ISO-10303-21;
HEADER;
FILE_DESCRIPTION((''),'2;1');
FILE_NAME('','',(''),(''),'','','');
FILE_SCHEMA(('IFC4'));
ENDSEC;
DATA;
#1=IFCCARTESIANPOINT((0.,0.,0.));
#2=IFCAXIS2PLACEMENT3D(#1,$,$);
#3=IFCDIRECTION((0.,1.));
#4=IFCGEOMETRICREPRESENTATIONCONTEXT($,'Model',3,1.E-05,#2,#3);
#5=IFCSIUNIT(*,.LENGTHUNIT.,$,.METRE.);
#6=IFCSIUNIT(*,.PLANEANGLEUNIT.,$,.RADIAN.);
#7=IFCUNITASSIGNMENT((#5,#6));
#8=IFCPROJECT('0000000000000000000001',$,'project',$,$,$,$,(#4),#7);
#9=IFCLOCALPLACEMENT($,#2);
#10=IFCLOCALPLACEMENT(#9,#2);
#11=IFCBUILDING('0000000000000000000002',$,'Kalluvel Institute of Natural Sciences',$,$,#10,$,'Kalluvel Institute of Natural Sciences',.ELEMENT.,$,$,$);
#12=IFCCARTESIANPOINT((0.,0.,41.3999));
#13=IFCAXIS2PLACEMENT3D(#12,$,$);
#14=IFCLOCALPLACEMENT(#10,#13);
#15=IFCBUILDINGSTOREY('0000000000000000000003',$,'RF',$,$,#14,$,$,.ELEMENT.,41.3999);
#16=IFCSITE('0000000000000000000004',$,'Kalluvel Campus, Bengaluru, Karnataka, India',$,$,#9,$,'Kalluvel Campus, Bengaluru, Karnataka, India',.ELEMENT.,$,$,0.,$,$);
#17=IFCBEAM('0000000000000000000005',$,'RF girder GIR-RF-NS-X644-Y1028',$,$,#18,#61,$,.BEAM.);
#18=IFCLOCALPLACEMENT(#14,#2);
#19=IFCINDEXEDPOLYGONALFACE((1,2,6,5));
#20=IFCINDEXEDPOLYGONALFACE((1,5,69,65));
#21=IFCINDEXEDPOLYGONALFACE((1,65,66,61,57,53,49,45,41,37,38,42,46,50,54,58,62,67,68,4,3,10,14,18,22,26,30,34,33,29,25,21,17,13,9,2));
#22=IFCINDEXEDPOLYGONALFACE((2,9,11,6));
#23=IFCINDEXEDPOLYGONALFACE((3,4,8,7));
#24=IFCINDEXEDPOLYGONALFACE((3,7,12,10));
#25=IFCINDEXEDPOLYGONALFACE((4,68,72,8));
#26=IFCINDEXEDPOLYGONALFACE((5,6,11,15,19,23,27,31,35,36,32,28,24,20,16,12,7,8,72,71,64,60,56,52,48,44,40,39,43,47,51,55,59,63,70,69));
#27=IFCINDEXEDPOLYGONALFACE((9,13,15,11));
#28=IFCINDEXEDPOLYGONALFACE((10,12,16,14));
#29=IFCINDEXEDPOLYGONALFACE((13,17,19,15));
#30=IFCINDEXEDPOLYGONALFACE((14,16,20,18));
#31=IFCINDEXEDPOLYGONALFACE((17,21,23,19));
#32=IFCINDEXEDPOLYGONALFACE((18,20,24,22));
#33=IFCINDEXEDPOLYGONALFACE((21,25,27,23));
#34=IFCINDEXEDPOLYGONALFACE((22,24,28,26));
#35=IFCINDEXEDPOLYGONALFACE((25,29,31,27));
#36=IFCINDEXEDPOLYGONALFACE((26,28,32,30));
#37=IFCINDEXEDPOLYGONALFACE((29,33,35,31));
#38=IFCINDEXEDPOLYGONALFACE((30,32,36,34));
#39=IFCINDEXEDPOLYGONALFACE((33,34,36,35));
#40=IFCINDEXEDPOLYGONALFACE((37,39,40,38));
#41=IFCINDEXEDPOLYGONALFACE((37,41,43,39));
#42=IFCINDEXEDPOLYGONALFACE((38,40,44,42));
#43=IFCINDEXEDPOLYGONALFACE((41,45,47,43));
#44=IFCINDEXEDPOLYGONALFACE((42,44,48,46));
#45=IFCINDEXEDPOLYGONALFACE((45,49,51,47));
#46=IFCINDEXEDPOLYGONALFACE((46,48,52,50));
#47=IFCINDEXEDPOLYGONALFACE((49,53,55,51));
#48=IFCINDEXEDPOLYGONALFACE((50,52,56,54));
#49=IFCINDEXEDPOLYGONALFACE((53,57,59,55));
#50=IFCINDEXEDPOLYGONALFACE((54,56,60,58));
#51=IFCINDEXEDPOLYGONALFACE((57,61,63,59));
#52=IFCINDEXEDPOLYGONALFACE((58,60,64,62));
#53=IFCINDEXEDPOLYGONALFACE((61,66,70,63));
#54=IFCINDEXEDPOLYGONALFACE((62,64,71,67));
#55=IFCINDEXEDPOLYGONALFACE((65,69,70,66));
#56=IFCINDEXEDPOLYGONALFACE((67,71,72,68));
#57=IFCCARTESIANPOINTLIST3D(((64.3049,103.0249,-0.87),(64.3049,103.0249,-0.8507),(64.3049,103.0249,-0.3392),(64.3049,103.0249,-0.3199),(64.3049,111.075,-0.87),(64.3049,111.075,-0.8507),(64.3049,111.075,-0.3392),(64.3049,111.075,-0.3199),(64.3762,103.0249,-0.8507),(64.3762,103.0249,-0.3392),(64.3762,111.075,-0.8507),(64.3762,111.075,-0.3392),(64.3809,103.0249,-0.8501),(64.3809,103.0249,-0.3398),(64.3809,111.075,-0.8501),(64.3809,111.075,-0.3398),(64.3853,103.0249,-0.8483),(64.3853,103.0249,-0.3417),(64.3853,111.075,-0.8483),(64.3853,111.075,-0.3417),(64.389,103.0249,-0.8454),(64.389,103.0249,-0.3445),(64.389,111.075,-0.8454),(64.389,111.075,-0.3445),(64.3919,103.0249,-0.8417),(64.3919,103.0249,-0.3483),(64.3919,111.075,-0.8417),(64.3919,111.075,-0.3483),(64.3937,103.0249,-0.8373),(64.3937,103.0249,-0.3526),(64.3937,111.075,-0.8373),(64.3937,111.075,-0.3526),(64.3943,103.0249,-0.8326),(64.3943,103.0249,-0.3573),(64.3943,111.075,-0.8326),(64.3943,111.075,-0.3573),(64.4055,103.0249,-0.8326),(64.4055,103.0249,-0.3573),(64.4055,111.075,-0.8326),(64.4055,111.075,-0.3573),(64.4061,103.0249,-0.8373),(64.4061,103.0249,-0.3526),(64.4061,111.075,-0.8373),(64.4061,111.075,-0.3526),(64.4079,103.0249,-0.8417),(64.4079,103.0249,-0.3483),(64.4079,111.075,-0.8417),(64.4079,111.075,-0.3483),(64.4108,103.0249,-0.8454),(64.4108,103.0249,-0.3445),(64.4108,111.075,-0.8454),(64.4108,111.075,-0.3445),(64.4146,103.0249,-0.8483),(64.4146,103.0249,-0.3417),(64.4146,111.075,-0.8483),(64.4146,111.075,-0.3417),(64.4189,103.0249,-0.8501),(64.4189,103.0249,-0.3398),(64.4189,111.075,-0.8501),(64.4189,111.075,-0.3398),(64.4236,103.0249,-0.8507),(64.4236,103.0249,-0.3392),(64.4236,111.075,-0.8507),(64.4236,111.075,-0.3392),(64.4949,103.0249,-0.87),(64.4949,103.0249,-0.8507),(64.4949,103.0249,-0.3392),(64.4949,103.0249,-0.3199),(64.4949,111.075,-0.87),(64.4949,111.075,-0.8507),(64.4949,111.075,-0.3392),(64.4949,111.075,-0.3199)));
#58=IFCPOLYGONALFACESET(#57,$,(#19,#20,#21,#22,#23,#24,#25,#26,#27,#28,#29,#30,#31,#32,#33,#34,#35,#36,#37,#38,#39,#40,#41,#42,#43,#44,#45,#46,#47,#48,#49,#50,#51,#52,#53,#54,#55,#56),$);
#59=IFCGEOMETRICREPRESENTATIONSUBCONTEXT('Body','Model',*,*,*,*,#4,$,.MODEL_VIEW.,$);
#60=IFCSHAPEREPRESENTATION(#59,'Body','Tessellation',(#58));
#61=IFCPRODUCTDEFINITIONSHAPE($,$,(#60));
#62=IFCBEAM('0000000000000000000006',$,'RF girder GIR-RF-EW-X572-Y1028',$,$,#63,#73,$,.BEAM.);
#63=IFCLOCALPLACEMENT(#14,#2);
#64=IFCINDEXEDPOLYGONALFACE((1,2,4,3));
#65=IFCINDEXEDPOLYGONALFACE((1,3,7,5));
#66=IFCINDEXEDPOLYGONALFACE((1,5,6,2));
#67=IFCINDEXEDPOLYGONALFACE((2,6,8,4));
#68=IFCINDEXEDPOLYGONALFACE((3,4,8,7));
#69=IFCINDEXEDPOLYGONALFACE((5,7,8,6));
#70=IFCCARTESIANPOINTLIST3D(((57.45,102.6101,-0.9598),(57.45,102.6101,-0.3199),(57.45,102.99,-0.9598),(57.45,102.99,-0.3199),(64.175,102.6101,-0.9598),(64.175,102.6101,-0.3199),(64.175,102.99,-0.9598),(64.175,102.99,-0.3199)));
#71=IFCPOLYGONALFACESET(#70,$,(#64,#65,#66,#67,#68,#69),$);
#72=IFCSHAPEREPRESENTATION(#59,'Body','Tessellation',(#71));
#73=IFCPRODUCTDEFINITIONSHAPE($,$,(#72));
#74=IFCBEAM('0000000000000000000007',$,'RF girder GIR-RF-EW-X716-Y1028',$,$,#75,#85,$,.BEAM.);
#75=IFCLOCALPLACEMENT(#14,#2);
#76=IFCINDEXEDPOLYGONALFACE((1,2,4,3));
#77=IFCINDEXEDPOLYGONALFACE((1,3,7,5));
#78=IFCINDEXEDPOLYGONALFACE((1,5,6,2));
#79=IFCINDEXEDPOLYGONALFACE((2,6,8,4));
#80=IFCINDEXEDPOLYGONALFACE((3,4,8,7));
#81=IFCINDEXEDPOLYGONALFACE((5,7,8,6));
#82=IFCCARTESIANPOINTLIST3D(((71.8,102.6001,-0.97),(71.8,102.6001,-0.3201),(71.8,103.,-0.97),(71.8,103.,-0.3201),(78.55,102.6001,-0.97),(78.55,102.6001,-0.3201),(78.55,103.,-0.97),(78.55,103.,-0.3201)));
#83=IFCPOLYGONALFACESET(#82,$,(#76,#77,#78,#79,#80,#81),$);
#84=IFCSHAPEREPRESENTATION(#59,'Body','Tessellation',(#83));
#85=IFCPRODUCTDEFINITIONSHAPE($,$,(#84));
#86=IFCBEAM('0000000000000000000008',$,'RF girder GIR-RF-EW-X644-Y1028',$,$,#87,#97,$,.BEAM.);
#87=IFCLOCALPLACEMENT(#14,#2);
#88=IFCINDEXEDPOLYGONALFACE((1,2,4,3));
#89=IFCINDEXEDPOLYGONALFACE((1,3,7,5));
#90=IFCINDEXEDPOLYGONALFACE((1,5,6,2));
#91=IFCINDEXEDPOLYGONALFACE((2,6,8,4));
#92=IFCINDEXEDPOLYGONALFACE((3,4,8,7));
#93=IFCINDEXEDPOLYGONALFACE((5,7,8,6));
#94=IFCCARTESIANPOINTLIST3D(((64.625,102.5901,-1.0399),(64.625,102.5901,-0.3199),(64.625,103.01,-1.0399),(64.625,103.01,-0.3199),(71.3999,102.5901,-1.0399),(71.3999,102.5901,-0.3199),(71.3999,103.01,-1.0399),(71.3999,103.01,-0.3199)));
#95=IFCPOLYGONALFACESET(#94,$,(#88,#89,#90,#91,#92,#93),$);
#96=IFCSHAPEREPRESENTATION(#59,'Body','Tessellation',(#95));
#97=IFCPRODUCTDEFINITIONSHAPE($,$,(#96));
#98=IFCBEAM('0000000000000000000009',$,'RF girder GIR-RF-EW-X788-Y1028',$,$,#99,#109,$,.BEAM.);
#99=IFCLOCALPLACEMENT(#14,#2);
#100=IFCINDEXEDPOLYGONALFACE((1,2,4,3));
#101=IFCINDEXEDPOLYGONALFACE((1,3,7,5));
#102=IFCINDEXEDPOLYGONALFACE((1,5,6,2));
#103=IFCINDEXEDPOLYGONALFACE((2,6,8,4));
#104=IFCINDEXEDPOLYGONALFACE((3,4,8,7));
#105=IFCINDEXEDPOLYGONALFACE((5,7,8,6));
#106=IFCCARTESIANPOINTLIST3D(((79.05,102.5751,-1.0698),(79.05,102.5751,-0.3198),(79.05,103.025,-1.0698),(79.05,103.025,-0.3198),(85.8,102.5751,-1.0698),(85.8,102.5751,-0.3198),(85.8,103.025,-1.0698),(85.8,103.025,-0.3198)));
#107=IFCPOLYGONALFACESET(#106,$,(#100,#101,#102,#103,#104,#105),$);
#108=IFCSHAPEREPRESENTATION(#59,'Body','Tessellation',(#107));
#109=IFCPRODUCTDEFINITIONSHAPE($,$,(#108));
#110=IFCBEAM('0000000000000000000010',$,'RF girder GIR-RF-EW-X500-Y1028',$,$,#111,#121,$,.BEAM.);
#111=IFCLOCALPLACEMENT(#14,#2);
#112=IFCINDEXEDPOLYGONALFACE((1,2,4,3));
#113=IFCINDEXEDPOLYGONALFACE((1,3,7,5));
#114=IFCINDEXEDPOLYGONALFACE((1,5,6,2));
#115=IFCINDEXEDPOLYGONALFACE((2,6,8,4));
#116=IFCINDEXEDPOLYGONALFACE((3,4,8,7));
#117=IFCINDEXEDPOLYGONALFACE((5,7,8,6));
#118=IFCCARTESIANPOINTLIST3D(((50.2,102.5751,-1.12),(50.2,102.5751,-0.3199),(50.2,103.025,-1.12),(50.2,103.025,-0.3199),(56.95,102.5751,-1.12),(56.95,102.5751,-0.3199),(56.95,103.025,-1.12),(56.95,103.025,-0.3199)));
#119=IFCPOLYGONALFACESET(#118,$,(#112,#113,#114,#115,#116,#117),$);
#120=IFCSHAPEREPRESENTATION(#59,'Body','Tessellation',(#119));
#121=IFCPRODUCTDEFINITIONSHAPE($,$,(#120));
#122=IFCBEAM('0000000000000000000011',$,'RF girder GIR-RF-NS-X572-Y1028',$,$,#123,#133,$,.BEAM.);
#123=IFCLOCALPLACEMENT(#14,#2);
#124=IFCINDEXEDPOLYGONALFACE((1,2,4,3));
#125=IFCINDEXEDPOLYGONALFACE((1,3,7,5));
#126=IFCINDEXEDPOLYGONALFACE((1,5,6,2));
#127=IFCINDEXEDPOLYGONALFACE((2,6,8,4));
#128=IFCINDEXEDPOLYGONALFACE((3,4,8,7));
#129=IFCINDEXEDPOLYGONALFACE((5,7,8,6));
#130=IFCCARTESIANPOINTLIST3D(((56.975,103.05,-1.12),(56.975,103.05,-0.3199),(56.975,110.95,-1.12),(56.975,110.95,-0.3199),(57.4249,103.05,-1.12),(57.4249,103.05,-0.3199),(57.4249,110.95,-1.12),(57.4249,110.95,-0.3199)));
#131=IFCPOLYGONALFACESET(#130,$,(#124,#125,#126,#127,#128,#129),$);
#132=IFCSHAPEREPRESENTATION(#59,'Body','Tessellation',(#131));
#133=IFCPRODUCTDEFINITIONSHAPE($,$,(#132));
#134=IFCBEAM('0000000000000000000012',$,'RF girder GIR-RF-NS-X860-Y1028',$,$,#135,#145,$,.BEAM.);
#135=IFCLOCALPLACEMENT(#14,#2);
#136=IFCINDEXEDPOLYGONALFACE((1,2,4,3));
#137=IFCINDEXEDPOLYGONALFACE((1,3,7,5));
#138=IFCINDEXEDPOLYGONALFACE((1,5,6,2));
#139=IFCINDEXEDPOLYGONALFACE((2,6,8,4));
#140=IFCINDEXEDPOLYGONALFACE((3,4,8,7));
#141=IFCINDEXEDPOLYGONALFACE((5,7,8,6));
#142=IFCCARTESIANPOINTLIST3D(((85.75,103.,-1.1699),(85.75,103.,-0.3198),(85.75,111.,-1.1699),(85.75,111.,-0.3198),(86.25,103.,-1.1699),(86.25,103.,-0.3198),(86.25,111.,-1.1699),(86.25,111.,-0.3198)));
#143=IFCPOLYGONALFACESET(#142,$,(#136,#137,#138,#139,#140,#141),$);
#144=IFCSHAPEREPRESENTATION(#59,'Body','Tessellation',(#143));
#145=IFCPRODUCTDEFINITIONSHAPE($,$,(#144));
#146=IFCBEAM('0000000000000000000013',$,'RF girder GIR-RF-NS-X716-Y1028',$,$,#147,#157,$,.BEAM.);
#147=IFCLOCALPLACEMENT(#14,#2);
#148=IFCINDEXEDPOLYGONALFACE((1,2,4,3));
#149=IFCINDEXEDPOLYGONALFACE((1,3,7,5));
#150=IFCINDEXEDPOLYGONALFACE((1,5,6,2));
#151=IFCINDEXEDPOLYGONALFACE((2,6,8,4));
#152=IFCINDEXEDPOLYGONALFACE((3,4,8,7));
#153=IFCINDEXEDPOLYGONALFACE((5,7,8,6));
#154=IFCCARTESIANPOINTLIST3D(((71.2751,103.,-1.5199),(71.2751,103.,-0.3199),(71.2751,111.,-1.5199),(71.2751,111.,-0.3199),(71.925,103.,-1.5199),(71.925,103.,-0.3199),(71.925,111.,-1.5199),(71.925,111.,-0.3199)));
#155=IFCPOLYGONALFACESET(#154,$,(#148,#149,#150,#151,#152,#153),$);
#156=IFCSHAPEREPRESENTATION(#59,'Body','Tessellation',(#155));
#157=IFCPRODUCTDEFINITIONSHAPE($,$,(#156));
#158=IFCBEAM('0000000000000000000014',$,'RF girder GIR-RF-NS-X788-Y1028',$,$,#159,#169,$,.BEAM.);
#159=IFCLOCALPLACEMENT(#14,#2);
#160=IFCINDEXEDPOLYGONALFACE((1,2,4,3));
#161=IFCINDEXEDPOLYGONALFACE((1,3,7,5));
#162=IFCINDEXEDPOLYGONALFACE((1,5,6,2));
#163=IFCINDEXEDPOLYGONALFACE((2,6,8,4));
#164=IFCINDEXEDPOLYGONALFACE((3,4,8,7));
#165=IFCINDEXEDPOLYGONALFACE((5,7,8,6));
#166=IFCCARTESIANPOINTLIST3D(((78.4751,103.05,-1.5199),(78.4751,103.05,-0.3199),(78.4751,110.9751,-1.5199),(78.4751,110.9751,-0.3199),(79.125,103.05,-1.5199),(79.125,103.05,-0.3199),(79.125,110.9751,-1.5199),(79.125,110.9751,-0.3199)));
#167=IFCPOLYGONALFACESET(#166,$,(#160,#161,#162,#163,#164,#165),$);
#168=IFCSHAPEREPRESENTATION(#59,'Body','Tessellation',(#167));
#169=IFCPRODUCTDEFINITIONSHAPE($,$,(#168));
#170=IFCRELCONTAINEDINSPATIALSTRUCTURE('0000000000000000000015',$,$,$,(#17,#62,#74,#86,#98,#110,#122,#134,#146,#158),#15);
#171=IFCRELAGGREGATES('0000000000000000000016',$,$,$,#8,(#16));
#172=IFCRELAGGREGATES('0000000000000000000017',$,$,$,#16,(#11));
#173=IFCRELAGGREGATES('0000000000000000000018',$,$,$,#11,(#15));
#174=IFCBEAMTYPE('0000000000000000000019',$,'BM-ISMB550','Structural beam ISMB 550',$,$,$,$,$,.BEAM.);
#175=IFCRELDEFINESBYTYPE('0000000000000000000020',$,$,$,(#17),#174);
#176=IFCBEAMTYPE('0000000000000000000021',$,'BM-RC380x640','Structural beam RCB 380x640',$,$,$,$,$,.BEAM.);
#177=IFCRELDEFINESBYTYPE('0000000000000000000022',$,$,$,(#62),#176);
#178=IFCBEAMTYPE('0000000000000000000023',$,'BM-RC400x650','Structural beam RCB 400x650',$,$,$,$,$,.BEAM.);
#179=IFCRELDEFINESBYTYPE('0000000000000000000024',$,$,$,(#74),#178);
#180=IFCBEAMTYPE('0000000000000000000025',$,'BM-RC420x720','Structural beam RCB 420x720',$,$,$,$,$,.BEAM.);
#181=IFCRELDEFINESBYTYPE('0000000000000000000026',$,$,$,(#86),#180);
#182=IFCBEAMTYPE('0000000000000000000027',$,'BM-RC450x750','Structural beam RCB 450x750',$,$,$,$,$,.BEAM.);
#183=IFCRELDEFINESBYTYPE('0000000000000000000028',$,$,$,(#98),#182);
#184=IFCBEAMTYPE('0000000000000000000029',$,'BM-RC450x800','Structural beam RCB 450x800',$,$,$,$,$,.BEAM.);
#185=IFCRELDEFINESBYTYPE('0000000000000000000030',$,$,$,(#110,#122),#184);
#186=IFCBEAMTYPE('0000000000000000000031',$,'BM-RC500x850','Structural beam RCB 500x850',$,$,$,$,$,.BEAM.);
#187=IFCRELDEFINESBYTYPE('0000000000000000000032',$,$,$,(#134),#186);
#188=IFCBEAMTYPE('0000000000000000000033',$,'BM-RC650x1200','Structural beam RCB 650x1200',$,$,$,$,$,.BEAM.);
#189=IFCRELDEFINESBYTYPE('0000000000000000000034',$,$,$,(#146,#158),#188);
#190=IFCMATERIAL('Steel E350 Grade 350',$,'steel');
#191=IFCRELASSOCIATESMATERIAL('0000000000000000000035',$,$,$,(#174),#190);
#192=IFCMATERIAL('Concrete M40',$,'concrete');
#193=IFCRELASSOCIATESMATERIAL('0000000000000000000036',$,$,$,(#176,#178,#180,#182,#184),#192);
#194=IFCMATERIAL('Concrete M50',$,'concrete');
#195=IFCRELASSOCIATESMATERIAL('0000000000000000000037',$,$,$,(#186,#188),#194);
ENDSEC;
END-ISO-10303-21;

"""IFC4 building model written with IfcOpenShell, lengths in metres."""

from ifc_helpers import new_model, si_unit, direction, frame, origin, origin_2d, place, context, subcontext, project, spatial, rectangle, i_section, extrude, material, material_profile, profile_set, type_object, element, save


model = new_model("IFC4")

# Units and contexts
model_context = context("Model", 3, precision=1e-05, world=origin(), true_north=direction((0.0, 1.0)))
body_context = subcontext(model_context, "Body", "Model", "MODEL_VIEW")
ifc_project = project(units=[si_unit("LENGTHUNIT", "METRE"), si_unit("PLANEANGLEUNIT", "RADIAN")], contexts=[model_context])

# Site, building, storey
site_placement = place(None, origin())
site = spatial("IfcSite", under=ifc_project, at=site_placement, Name="Kalluvel Campus, Bengaluru, Karnataka, India", LongName="Kalluvel Campus, Bengaluru, Karnataka, India", CompositionType="ELEMENT", RefElevation=0.0)
building_placement = place(site_placement, origin())
building = spatial("IfcBuilding", under=site, at=building_placement, Name="Kalluvel Institute of Natural Sciences", LongName="Kalluvel Institute of Natural Sciences", CompositionType="ELEMENT")
storey_placement = place(building_placement, frame((0.0, 0.0, 41.3999)))
storey = spatial("IfcBuildingStorey", under=building, at=storey_placement, Name="RF", CompositionType="ELEMENT", Elevation=41.3999)

# Beams
ifc_material_1 = material(Name="Steel E350 Grade 350", Category="steel")
ifc_material_profile_1 = material_profile(ifc_material_1, i_section(OverallWidth=0.1899, OverallDepth=0.55, WebThickness=0.0112, FlangeThickness=0.0193, FilletRadius=0.0181, at=origin_2d()), Name="ISMB 550")
ifc_profile_set_1 = profile_set([ifc_material_profile_1], Name="Steel E350 Grade 350")
beam_type_1 = type_object("IfcBeamType", Name="BM-ISMB550", Description="Structural beam ISMB 550", PredefinedType="BEAM", material=ifc_profile_set_1)
beam_1_placement = place(storey_placement, frame((64.3999, 103.0249, -0.595), z_axis=(0.0, 1.0, 0.0), x_axis=(-1.0, 0.0, 0.0)))
element("IfcBeam", 1, at=beam_1_placement, inside=storey, type_object=beam_type_1, Name="RF girder GIR-RF-NS-X644-Y1028", PredefinedType="BEAM", context=body_context, shape_type="SweptSolid", body=[
    extrude(i_section(OverallWidth=0.1899, OverallDepth=0.55, WebThickness=0.0112, FlangeThickness=0.0193, FilletRadius=0.0181, at=origin_2d()), origin(), (0.0, 0.0, 1.0), 8.05),
])
ifc_material_2 = material(Name="Concrete M40", Category="concrete")
ifc_material_profile_2 = material_profile(ifc_material_2, rectangle(XDim=0.3799, YDim=0.6399, at=origin_2d()), Name="RCB 380x640")
ifc_profile_set_2 = profile_set([ifc_material_profile_2], Name="Concrete M40")
beam_type_2 = type_object("IfcBeamType", Name="BM-RC380x640", Description="Structural beam RCB 380x640", PredefinedType="BEAM", material=ifc_profile_set_2)
beam_2_placement = place(storey_placement, frame((57.45, 102.8, -0.6399), z_axis=(1.0, 0.0, 0.0), x_axis=(0.0, 1.0, 0.0)))
element("IfcBeam", 2, at=beam_2_placement, inside=storey, type_object=beam_type_2, Name="RF girder GIR-RF-EW-X572-Y1028", PredefinedType="BEAM", context=body_context, shape_type="SweptSolid", body=[
    extrude(rectangle(XDim=0.3799, YDim=0.6399, at=origin_2d()), origin(), (0.0, 0.0, 1.0), 6.7251),
])
ifc_material_profile_3 = material_profile(ifc_material_2, rectangle(XDim=0.3999, YDim=0.6499, at=origin_2d()), Name="RCB 400x650")
ifc_profile_set_3 = profile_set([ifc_material_profile_3], Name="Concrete M40")
beam_type_3 = type_object("IfcBeamType", Name="BM-RC400x650", Description="Structural beam RCB 400x650", PredefinedType="BEAM", material=ifc_profile_set_3)
beam_3_placement = place(storey_placement, frame((71.8, 102.8, -0.645), z_axis=(1.0, 0.0, 0.0), x_axis=(0.0, 1.0, 0.0)))
element("IfcBeam", 3, at=beam_3_placement, inside=storey, type_object=beam_type_3, Name="RF girder GIR-RF-EW-X716-Y1028", PredefinedType="BEAM", context=body_context, shape_type="SweptSolid", body=[
    extrude(rectangle(XDim=0.3999, YDim=0.6499, at=origin_2d()), origin(), (0.0, 0.0, 1.0), 6.75),
])
ifc_material_profile_4 = material_profile(ifc_material_2, rectangle(XDim=0.4199, YDim=0.72, at=origin_2d()), Name="RCB 420x720")
ifc_profile_set_4 = profile_set([ifc_material_profile_4], Name="Concrete M40")
beam_type_4 = type_object("IfcBeamType", Name="BM-RC420x720", Description="Structural beam RCB 420x720", PredefinedType="BEAM", material=ifc_profile_set_4)
beam_4_placement = place(storey_placement, frame((64.625, 102.8, -0.6799), z_axis=(1.0, 0.0, 0.0), x_axis=(0.0, 1.0, 0.0)))
element("IfcBeam", 4, at=beam_4_placement, inside=storey, type_object=beam_type_4, Name="RF girder GIR-RF-EW-X644-Y1028", PredefinedType="BEAM", context=body_context, shape_type="SweptSolid", body=[
    extrude(rectangle(XDim=0.4199, YDim=0.72, at=origin_2d()), origin(), (0.0, 0.0, 1.0), 6.7749),
])
ifc_material_profile_5 = material_profile(ifc_material_2, rectangle(XDim=0.45, YDim=0.75, at=origin_2d()), Name="RCB 450x750")
ifc_profile_set_5 = profile_set([ifc_material_profile_5], Name="Concrete M40")
beam_type_5 = type_object("IfcBeamType", Name="BM-RC450x750", Description="Structural beam RCB 450x750", PredefinedType="BEAM", material=ifc_profile_set_5)
beam_5_placement = place(storey_placement, frame((79.05, 102.8, -0.6948), z_axis=(1.0, 0.0, 0.0), x_axis=(0.0, 1.0, 0.0)))
element("IfcBeam", 5, at=beam_5_placement, inside=storey, type_object=beam_type_5, Name="RF girder GIR-RF-EW-X788-Y1028", PredefinedType="BEAM", context=body_context, shape_type="SweptSolid", body=[
    extrude(rectangle(XDim=0.45, YDim=0.75, at=origin_2d()), origin(), (0.0, 0.0, 1.0), 6.75),
])
ifc_material_profile_6 = material_profile(ifc_material_2, rectangle(XDim=0.45, YDim=0.8, at=origin_2d()), Name="RCB 450x800")
ifc_profile_set_6 = profile_set([ifc_material_profile_6], Name="Concrete M40")
beam_type_6 = type_object("IfcBeamType", Name="BM-RC450x800", Description="Structural beam RCB 450x800", PredefinedType="BEAM", material=ifc_profile_set_6)
beam_6_placement = place(storey_placement, frame((50.2, 102.8, -0.72), z_axis=(1.0, 0.0, 0.0), x_axis=(0.0, 1.0, 0.0)))
element("IfcBeam", 6, at=beam_6_placement, inside=storey, type_object=beam_type_6, Name="RF girder GIR-RF-EW-X500-Y1028", PredefinedType="BEAM", context=body_context, shape_type="SweptSolid", body=[
    extrude(rectangle(XDim=0.45, YDim=0.8, at=origin_2d()), origin(), (0.0, 0.0, 1.0), 6.75),
])
beam_7_placement = place(storey_placement, frame((57.2, 103.05, -0.72), z_axis=(0.0, 1.0, 0.0), x_axis=(-1.0, 0.0, 0.0)))
element("IfcBeam", 7, at=beam_7_placement, inside=storey, type_object=beam_type_6, Name="RF girder GIR-RF-NS-X572-Y1028", PredefinedType="BEAM", context=body_context, shape_type="SweptSolid", body=[
    extrude(rectangle(XDim=0.45, YDim=0.8, at=origin_2d()), origin(), (0.0, 0.0, 1.0), 7.8999),
])
ifc_material_3 = material(Name="Concrete M50", Category="concrete")
ifc_material_profile_7 = material_profile(ifc_material_3, rectangle(XDim=0.5, YDim=0.8501, at=origin_2d()), Name="RCB 500x850")
ifc_profile_set_7 = profile_set([ifc_material_profile_7], Name="Concrete M50")
beam_type_7 = type_object("IfcBeamType", Name="BM-RC500x850", Description="Structural beam RCB 500x850", PredefinedType="BEAM", material=ifc_profile_set_7)
beam_8_placement = place(storey_placement, frame((86.0, 103.0, -0.7449), z_axis=(0.0, 1.0, 0.0), x_axis=(-1.0, 0.0, 0.0)))
element("IfcBeam", 8, at=beam_8_placement, inside=storey, type_object=beam_type_7, Name="RF girder GIR-RF-NS-X860-Y1028", PredefinedType="BEAM", context=body_context, shape_type="SweptSolid", body=[
    extrude(rectangle(XDim=0.5, YDim=0.8501, at=origin_2d()), origin(), (0.0, 0.0, 1.0), 8.0),
])
ifc_material_profile_8 = material_profile(ifc_material_3, rectangle(XDim=0.6499, YDim=1.2, at=origin_2d()), Name="RCB 650x1200")
ifc_profile_set_8 = profile_set([ifc_material_profile_8], Name="Concrete M50")
beam_type_8 = type_object("IfcBeamType", Name="BM-RC650x1200", Description="Structural beam RCB 650x1200", PredefinedType="BEAM", material=ifc_profile_set_8)
beam_9_placement = place(storey_placement, frame((71.6001, 103.0, -0.9199), z_axis=(0.0, 1.0, 0.0), x_axis=(-1.0, 0.0, 0.0)))
element("IfcBeam", 9, at=beam_9_placement, inside=storey, type_object=beam_type_8, Name="RF girder GIR-RF-NS-X716-Y1028", PredefinedType="BEAM", context=body_context, shape_type="SweptSolid", body=[
    extrude(rectangle(XDim=0.6499, YDim=1.2, at=origin_2d()), origin(), (0.0, 0.0, 1.0), 8.0),
])
beam_10_placement = place(storey_placement, frame((78.8, 103.05, -0.9199), z_axis=(0.0, 1.0, 0.0), x_axis=(-1.0, 0.0, 0.0)))
element("IfcBeam", 10, at=beam_10_placement, inside=storey, type_object=beam_type_8, Name="RF girder GIR-RF-NS-X788-Y1028", PredefinedType="BEAM", context=body_context, shape_type="SweptSolid", body=[
    extrude(rectangle(XDim=0.6499, YDim=1.2, at=origin_2d()), origin(), (0.0, 0.0, 1.0), 7.925),
])

save(model, "model.ifc")
